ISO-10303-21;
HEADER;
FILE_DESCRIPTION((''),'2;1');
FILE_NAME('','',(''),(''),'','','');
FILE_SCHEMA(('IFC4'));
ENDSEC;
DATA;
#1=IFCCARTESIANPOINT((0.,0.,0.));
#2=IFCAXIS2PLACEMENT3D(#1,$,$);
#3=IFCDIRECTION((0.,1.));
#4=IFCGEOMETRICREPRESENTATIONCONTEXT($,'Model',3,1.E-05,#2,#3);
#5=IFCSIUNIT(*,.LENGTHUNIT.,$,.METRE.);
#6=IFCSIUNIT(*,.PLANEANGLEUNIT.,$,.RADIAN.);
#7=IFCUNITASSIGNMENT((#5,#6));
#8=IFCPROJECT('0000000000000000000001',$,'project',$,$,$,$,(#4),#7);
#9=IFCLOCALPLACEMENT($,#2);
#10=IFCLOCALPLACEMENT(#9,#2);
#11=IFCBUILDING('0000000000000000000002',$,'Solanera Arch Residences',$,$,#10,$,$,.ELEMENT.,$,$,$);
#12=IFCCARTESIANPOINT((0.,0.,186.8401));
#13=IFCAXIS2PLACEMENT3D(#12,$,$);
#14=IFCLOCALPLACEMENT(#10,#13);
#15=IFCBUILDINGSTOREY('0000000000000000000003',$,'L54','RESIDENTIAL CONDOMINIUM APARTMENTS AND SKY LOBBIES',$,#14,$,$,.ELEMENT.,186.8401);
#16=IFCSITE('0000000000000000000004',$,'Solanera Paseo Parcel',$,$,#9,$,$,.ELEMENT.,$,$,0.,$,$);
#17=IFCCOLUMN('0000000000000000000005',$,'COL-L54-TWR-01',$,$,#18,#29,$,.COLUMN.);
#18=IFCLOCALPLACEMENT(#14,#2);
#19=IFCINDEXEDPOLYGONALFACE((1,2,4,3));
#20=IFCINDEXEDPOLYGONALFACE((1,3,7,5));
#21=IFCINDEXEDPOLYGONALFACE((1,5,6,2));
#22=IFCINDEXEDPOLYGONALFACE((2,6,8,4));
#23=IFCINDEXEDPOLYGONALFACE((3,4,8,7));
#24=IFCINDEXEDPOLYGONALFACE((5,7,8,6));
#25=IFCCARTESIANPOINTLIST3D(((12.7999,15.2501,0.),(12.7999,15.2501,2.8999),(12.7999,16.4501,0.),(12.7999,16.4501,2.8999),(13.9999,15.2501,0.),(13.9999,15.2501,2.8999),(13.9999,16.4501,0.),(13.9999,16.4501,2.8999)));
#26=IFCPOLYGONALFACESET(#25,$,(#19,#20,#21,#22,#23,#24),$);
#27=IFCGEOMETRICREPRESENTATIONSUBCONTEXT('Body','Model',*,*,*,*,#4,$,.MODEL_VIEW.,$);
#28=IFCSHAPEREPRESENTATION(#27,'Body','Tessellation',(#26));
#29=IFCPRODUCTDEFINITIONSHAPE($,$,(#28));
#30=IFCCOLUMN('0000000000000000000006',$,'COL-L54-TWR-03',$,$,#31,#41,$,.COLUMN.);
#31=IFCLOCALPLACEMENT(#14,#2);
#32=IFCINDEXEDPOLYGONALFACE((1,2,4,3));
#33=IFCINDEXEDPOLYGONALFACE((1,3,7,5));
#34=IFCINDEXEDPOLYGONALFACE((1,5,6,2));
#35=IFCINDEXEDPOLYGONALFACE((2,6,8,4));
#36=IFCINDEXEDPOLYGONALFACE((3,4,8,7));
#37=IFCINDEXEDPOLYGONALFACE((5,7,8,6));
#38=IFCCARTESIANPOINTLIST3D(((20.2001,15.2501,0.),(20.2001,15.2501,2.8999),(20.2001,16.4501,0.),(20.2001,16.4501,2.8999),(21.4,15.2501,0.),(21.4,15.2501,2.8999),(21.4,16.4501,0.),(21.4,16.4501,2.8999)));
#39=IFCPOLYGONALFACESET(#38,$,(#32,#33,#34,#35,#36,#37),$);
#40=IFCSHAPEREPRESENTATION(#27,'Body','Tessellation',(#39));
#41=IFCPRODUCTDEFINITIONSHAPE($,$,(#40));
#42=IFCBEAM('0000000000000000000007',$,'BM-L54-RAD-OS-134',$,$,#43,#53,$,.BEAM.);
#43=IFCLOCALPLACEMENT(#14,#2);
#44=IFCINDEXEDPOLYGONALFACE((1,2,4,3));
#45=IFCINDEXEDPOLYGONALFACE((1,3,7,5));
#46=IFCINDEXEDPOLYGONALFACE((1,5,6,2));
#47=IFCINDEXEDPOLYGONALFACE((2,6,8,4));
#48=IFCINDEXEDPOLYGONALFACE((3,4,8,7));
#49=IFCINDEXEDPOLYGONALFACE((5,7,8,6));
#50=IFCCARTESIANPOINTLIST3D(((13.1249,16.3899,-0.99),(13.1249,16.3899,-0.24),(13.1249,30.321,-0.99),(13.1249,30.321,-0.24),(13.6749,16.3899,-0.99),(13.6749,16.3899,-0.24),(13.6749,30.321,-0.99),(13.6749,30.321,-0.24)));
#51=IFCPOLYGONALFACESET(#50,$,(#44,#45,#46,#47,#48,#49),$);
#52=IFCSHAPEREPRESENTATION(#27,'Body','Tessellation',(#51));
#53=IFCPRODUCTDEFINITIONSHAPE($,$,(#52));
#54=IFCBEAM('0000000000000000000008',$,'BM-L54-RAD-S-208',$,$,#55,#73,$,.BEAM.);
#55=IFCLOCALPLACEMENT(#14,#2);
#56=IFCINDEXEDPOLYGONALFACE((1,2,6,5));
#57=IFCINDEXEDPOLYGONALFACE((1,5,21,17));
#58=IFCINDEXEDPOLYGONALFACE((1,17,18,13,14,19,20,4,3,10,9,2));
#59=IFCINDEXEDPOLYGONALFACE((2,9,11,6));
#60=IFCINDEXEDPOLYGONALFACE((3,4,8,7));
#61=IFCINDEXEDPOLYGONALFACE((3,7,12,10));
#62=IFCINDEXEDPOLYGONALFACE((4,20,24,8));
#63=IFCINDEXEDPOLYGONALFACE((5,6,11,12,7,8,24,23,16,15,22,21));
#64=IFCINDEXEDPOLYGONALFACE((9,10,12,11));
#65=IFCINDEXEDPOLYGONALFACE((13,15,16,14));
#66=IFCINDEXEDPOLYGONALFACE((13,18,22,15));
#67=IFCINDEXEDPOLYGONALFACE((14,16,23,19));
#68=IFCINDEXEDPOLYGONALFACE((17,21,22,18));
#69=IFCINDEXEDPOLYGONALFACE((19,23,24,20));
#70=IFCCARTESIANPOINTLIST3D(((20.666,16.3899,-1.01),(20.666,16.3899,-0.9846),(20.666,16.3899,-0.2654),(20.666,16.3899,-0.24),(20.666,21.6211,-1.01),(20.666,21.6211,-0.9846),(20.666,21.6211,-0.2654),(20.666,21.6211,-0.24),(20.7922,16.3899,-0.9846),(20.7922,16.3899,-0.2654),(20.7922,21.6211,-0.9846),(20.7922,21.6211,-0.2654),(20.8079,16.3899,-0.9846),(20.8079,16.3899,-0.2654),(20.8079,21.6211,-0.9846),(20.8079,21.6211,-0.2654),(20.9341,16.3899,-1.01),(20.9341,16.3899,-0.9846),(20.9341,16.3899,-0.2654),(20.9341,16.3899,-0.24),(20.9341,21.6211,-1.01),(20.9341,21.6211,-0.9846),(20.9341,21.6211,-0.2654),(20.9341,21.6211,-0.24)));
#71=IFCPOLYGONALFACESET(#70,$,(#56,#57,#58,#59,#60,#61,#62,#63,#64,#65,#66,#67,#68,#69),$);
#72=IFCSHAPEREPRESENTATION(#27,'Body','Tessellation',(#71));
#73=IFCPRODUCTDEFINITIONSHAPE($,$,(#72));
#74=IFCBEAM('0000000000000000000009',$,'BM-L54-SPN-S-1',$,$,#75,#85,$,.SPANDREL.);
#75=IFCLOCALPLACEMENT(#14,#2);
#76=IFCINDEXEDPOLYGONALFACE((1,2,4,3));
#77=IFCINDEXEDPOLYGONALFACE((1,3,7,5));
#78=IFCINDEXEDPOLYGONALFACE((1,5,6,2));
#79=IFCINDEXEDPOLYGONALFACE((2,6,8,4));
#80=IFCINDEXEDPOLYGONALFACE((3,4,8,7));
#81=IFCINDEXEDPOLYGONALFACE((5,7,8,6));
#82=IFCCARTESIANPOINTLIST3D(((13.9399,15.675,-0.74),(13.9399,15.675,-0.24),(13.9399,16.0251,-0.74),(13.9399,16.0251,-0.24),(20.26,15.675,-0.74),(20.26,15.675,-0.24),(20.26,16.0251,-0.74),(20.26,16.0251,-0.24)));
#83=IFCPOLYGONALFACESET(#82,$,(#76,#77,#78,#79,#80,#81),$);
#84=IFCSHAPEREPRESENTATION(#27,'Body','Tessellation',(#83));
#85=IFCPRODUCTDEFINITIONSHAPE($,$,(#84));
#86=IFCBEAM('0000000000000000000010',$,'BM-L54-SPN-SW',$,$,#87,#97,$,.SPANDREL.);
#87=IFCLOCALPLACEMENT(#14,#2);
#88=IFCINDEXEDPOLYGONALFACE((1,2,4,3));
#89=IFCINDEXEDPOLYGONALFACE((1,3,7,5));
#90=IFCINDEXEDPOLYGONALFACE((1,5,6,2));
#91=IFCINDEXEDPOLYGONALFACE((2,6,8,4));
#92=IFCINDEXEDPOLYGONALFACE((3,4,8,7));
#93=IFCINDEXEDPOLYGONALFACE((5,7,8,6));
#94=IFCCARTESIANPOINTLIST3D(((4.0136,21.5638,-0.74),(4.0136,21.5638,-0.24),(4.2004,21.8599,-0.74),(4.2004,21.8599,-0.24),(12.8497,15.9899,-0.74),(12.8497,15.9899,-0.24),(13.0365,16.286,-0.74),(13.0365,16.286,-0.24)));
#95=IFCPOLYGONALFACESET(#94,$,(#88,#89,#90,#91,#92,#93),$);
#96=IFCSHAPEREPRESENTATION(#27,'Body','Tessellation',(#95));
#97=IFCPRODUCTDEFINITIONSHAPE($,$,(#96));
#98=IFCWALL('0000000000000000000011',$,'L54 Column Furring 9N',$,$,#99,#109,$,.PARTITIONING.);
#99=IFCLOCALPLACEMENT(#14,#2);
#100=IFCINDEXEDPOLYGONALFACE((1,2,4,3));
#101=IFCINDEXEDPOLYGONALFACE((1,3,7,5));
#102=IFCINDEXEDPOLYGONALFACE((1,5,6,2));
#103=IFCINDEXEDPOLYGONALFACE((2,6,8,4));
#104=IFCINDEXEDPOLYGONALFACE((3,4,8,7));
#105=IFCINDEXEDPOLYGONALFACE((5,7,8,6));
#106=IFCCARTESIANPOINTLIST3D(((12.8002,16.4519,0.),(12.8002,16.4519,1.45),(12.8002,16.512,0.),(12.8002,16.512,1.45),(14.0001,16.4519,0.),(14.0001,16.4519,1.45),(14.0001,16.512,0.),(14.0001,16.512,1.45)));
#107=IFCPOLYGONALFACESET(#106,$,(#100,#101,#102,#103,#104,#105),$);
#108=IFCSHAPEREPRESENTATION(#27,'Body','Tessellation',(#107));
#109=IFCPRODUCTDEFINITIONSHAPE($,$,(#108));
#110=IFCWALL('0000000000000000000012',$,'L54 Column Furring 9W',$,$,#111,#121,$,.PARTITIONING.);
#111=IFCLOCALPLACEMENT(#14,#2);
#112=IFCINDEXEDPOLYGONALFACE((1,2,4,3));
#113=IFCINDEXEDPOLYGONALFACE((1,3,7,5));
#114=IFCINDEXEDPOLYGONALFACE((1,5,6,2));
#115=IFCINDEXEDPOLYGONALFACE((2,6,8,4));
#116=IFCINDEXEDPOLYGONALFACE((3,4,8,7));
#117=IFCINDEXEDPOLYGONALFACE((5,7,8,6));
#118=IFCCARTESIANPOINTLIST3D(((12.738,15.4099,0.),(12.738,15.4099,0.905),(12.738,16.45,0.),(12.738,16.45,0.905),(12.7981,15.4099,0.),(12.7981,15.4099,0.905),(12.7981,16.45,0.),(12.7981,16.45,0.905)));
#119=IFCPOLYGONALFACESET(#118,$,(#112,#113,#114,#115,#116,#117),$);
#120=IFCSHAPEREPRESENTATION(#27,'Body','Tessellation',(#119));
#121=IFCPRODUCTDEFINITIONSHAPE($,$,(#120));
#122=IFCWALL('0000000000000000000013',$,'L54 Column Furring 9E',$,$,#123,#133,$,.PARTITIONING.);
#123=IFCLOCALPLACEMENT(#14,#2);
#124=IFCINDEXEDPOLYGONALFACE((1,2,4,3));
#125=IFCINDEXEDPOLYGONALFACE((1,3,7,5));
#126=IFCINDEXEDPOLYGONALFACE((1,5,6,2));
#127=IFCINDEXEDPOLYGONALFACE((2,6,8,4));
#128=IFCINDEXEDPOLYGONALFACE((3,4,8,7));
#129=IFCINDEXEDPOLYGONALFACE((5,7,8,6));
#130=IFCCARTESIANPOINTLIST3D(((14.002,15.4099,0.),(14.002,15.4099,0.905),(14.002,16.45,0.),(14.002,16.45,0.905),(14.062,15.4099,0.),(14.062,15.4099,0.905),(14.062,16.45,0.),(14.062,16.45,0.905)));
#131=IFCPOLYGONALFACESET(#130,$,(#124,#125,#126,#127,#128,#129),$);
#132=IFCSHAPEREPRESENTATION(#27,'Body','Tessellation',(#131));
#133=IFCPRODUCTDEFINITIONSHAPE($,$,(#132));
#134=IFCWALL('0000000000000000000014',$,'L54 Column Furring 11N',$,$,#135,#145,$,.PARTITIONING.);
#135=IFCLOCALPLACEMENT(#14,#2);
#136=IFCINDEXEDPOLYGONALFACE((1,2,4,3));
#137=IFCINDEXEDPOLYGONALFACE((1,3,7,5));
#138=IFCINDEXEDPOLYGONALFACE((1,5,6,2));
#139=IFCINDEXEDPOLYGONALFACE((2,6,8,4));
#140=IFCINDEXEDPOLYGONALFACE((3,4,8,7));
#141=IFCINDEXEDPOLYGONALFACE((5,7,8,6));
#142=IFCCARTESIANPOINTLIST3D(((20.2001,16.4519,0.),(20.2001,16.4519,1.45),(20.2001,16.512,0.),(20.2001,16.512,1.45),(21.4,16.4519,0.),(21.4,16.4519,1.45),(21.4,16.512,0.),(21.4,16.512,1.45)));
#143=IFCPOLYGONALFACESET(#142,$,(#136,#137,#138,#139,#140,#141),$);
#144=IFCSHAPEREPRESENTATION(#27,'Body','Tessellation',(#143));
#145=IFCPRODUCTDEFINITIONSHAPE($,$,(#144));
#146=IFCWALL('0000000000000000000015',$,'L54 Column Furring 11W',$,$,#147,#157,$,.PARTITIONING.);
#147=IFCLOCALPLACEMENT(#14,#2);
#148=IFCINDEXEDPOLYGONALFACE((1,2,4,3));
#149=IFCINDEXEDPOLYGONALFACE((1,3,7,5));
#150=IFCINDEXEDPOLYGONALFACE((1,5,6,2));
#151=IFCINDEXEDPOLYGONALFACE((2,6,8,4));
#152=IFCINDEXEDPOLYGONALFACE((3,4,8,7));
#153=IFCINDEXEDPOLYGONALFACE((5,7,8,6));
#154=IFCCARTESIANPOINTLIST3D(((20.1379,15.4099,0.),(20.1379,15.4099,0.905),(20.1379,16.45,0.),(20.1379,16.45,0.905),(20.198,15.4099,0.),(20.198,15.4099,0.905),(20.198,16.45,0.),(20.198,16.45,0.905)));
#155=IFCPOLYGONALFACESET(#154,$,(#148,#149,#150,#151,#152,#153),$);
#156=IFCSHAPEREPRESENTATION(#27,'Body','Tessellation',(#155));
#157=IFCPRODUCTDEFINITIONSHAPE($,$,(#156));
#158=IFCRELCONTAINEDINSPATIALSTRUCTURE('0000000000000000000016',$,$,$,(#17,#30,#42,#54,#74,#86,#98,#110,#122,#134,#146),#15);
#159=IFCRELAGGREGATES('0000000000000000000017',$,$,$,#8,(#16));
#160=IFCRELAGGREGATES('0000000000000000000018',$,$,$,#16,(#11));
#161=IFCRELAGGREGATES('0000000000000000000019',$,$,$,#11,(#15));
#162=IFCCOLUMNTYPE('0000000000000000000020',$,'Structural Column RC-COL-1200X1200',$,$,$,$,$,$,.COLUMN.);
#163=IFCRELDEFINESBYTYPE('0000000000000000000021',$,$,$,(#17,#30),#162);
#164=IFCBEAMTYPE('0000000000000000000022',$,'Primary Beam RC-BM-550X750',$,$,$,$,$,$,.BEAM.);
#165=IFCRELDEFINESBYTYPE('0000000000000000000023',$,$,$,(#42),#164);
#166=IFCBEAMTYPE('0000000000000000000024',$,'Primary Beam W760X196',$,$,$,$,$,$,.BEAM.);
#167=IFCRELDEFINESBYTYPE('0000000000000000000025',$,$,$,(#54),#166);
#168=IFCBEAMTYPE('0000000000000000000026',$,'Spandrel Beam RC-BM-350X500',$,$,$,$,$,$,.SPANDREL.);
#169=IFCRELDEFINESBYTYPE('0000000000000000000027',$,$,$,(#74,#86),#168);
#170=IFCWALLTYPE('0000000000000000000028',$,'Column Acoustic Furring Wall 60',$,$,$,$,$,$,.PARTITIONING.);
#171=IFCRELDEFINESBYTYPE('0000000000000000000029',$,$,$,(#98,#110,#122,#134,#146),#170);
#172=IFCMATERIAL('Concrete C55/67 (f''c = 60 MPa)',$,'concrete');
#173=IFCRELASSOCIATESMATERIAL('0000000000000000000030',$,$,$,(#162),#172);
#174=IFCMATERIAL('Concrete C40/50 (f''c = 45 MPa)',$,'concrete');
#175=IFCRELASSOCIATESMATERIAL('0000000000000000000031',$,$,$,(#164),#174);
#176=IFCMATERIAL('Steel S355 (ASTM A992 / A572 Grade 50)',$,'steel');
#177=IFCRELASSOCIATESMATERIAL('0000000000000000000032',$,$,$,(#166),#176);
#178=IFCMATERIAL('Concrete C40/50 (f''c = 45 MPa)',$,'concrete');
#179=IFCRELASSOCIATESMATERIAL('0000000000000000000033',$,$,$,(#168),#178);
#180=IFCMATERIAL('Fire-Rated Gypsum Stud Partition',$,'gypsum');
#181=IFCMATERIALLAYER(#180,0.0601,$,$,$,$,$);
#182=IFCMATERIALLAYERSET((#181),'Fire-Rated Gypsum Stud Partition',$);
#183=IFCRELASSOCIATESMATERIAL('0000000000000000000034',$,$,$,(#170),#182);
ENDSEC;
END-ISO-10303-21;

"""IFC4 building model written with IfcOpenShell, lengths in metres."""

from ifc_helpers import new_model, si_unit, direction, frame, frame_2d, origin, origin_2d, place, context, subcontext, project, spatial, rectangle, i_section, extrude, material, layer, layer_set, material_profile, profile_set, type_object, element, save


model = new_model("IFC4")

# Units and contexts
model_context = context("Model", 3, precision=1e-05, world=origin(), true_north=direction((0.0, 1.0)))
body_context = subcontext(model_context, "Body", "Model", "MODEL_VIEW")
ifc_project = project(units=[si_unit("LENGTHUNIT", "METRE"), si_unit("PLANEANGLEUNIT", "RADIAN")], contexts=[model_context])

# Site, building, storey
site_placement = place(None, origin())
site = spatial("IfcSite", under=ifc_project, at=site_placement, Name="Solanera Paseo Parcel", CompositionType="ELEMENT", RefElevation=0.0)
building_placement = place(site_placement, origin())
building = spatial("IfcBuilding", under=site, at=building_placement, Name="Solanera Arch Residences", CompositionType="ELEMENT")
storey_placement = place(building_placement, frame((0.0, 0.0, 186.8401)))
storey = spatial("IfcBuildingStorey", under=building, at=storey_placement, Name="L54", Description="RESIDENTIAL CONDOMINIUM APARTMENTS AND SKY LOBBIES", CompositionType="ELEMENT", Elevation=186.8401)

# Columns
ifc_material_1 = material(Name="Concrete C55/67 (f'c = 60 MPa)", Category="concrete")
ifc_material_profile_1 = material_profile(ifc_material_1, rectangle(XDim=1.2, YDim=1.2, at=origin_2d()))
ifc_profile_set_1 = profile_set([ifc_material_profile_1], Name="Concrete C55/67 (f'c = 60 MPa)")
column_type = type_object("IfcColumnType", Name="Structural Column RC-COL-1200X1200", PredefinedType="COLUMN", material=ifc_profile_set_1)
for number, where, z_axis, x_axis, name in (
    (1, (13.3999, 15.8501, 0.0), (0.0, 0.0, 1.0), (1.0, 0.0, 0.0), "COL-L54-TWR-01"),
    (2, (20.8, 15.8501, 0.0), (0.0, 0.0, 1.0), (1.0, 0.0, 0.0), "COL-L54-TWR-03"),
):
    element("IfcColumn", number, at=place(storey_placement, frame(where, z_axis=z_axis, x_axis=x_axis)), inside=storey, type_object=column_type, Name=name, PredefinedType="COLUMN", context=body_context, shape_type="SweptSolid", body=[
        extrude(rectangle(XDim=1.2, YDim=1.2, at=origin_2d()), origin(), (0.0, 0.0, 1.0), 2.8999),
    ])

# Beams
ifc_material_2 = material(Name="Concrete C40/50 (f'c = 45 MPa)", Category="concrete")
ifc_material_profile_2 = material_profile(ifc_material_2, rectangle(XDim=0.55, YDim=0.75, at=origin_2d()))
ifc_profile_set_2 = profile_set([ifc_material_profile_2], Name="Concrete C40/50 (f'c = 45 MPa)")
beam_type_1 = type_object("IfcBeamType", Name="Primary Beam RC-BM-550X750", PredefinedType="BEAM", material=ifc_profile_set_2)
beam_1_placement = place(storey_placement, frame((13.3999, 16.3899, -0.615), z_axis=(0.0, 1.0, 0.0), x_axis=(-1.0, 0.0, 0.0)))
element("IfcBeam", 3, at=beam_1_placement, inside=storey, type_object=beam_type_1, Name="BM-L54-RAD-OS-134", PredefinedType="BEAM", context=body_context, shape_type="SweptSolid", body=[
    extrude(rectangle(XDim=0.55, YDim=0.75, at=origin_2d()), origin(), (0.0, 0.0, 1.0), 13.9312),
])
ifc_material_3 = material(Name="Steel S355 (ASTM A992 / A572 Grade 50)", Category="steel")
ifc_material_profile_3 = material_profile(ifc_material_3, i_section(OverallWidth=0.2681, OverallDepth=0.77, WebThickness=0.0156, FlangeThickness=0.0254, at=origin_2d()))
ifc_profile_set_3 = profile_set([ifc_material_profile_3], Name="Steel S355 (ASTM A992 / A572 Grade 50)")
beam_type_2 = type_object("IfcBeamType", Name="Primary Beam W760X196", PredefinedType="BEAM", material=ifc_profile_set_3)
beam_2_placement = place(storey_placement, frame((20.8, 16.3899, -0.625), z_axis=(0.0, 1.0, 0.0), x_axis=(-1.0, 0.0, 0.0)))
element("IfcBeam", 4, at=beam_2_placement, inside=storey, type_object=beam_type_2, Name="BM-L54-RAD-S-208", PredefinedType="BEAM", context=body_context, shape_type="SweptSolid", body=[
    extrude(i_section(OverallWidth=0.2681, OverallDepth=0.77, WebThickness=0.0156, FlangeThickness=0.0254, at=origin_2d()), origin(), (0.0, 0.0, 1.0), 5.2312),
])
ifc_material_4 = material(Name="Concrete C40/50 (f'c = 45 MPa)", Category="concrete")
ifc_material_profile_4 = material_profile(ifc_material_4, rectangle(XDim=0.3501, YDim=0.5, at=origin_2d()))
ifc_profile_set_4 = profile_set([ifc_material_profile_4], Name="Concrete C40/50 (f'c = 45 MPa)")
beam_type_3 = type_object("IfcBeamType", Name="Spandrel Beam RC-BM-350X500", PredefinedType="SPANDREL", material=ifc_profile_set_4)
beam_3_placement = place(storey_placement, frame((13.9399, 15.8501, -0.49), z_axis=(1.0, 0.0, 0.0), x_axis=(0.0, 1.0, 0.0)))
element("IfcBeam", 5, at=beam_3_placement, inside=storey, type_object=beam_type_3, Name="BM-L54-SPN-S-1", PredefinedType="SPANDREL", context=body_context, shape_type="SweptSolid", body=[
    extrude(rectangle(XDim=0.3501, YDim=0.5, at=origin_2d()), origin(), (0.0, 0.0, 1.0), 6.3201),
])
beam_4_placement = place(storey_placement, frame((12.9431, 16.1379, -0.49), z_axis=(-0.845781, 0.53353, 0.0), x_axis=(-0.53353, -0.845781, 0.0)))
element("IfcBeam", 6, at=beam_4_placement, inside=storey, type_object=beam_type_3, Name="BM-L54-SPN-SW", PredefinedType="SPANDREL", context=body_context, shape_type="SweptSolid", body=[
    extrude(rectangle(XDim=0.3501, YDim=0.5, at=origin_2d()), origin(), (0.0, 0.0, 1.0), 10.4473),
])

# Walls
ifc_material_5 = material(Name="Fire-Rated Gypsum Stud Partition", Category="gypsum")
ifc_layer_1 = layer(ifc_material_5, 0.0601)
ifc_layer_set_1 = layer_set([ifc_layer_1], Name="Fire-Rated Gypsum Stud Partition")
wall_type_1 = type_object("IfcWallType", Name="Column Acoustic Furring Wall 60", PredefinedType="PARTITIONING", material=ifc_layer_set_1)
wall_1_placement = place(storey_placement, frame((12.8, 16.4819, 0.0), z_axis=(0.0, 0.0, 1.0), x_axis=(1.0, 0.0, 0.0)))
element("IfcWall", 7, at=wall_1_placement, inside=storey, type_object=wall_type_1, Name="L54 Column Furring 9N", PredefinedType="PARTITIONING", context=body_context, shape_type="SweptSolid", body=[
    extrude(rectangle(XDim=1.2, YDim=0.0601, at=frame_2d((0.6001, 0.0))), origin(), (0.0, 0.0, 1.0), 1.45),
])
for number, where, z_axis, x_axis, name in (
    (8, (12.7681, 15.4099, 0.0), (0.0, 0.0, 1.0), (0.0, 1.0, 0.0), "L54 Column Furring 9W"),
    (9, (14.032, 15.4099, 0.0), (0.0, 0.0, 1.0), (0.0, 1.0, 0.0), "L54 Column Furring 9E"),
):
    element("IfcWall", number, at=place(storey_placement, frame(where, z_axis=z_axis, x_axis=x_axis)), inside=storey, type_object=wall_type_1, Name=name, PredefinedType="PARTITIONING", context=body_context, shape_type="SweptSolid", body=[
        extrude(rectangle(XDim=1.04, YDim=0.0601, at=frame_2d((0.52, 0.0))), origin(), (0.0, 0.0, 1.0), 0.905),
    ])
wall_2_placement = place(storey_placement, frame((20.2, 16.4819, 0.0), z_axis=(0.0, 0.0, 1.0), x_axis=(1.0, 0.0, 0.0)))
element("IfcWall", 10, at=wall_2_placement, inside=storey, type_object=wall_type_1, Name="L54 Column Furring 11N", PredefinedType="PARTITIONING", context=body_context, shape_type="SweptSolid", body=[
    extrude(rectangle(XDim=1.2, YDim=0.0601, at=frame_2d((0.6001, 0.0))), origin(), (0.0, 0.0, 1.0), 1.45),
])
wall_3_placement = place(storey_placement, frame((20.168, 15.4099, 0.0), z_axis=(0.0, 0.0, 1.0), x_axis=(0.0, 1.0, 0.0)))
element("IfcWall", 11, at=wall_3_placement, inside=storey, type_object=wall_type_1, Name="L54 Column Furring 11W", PredefinedType="PARTITIONING", context=body_context, shape_type="SweptSolid", body=[
    extrude(rectangle(XDim=1.04, YDim=0.0601, at=frame_2d((0.52, 0.0))), origin(), (0.0, 0.0, 1.0), 0.905),
])

save(model, "model.ifc")
